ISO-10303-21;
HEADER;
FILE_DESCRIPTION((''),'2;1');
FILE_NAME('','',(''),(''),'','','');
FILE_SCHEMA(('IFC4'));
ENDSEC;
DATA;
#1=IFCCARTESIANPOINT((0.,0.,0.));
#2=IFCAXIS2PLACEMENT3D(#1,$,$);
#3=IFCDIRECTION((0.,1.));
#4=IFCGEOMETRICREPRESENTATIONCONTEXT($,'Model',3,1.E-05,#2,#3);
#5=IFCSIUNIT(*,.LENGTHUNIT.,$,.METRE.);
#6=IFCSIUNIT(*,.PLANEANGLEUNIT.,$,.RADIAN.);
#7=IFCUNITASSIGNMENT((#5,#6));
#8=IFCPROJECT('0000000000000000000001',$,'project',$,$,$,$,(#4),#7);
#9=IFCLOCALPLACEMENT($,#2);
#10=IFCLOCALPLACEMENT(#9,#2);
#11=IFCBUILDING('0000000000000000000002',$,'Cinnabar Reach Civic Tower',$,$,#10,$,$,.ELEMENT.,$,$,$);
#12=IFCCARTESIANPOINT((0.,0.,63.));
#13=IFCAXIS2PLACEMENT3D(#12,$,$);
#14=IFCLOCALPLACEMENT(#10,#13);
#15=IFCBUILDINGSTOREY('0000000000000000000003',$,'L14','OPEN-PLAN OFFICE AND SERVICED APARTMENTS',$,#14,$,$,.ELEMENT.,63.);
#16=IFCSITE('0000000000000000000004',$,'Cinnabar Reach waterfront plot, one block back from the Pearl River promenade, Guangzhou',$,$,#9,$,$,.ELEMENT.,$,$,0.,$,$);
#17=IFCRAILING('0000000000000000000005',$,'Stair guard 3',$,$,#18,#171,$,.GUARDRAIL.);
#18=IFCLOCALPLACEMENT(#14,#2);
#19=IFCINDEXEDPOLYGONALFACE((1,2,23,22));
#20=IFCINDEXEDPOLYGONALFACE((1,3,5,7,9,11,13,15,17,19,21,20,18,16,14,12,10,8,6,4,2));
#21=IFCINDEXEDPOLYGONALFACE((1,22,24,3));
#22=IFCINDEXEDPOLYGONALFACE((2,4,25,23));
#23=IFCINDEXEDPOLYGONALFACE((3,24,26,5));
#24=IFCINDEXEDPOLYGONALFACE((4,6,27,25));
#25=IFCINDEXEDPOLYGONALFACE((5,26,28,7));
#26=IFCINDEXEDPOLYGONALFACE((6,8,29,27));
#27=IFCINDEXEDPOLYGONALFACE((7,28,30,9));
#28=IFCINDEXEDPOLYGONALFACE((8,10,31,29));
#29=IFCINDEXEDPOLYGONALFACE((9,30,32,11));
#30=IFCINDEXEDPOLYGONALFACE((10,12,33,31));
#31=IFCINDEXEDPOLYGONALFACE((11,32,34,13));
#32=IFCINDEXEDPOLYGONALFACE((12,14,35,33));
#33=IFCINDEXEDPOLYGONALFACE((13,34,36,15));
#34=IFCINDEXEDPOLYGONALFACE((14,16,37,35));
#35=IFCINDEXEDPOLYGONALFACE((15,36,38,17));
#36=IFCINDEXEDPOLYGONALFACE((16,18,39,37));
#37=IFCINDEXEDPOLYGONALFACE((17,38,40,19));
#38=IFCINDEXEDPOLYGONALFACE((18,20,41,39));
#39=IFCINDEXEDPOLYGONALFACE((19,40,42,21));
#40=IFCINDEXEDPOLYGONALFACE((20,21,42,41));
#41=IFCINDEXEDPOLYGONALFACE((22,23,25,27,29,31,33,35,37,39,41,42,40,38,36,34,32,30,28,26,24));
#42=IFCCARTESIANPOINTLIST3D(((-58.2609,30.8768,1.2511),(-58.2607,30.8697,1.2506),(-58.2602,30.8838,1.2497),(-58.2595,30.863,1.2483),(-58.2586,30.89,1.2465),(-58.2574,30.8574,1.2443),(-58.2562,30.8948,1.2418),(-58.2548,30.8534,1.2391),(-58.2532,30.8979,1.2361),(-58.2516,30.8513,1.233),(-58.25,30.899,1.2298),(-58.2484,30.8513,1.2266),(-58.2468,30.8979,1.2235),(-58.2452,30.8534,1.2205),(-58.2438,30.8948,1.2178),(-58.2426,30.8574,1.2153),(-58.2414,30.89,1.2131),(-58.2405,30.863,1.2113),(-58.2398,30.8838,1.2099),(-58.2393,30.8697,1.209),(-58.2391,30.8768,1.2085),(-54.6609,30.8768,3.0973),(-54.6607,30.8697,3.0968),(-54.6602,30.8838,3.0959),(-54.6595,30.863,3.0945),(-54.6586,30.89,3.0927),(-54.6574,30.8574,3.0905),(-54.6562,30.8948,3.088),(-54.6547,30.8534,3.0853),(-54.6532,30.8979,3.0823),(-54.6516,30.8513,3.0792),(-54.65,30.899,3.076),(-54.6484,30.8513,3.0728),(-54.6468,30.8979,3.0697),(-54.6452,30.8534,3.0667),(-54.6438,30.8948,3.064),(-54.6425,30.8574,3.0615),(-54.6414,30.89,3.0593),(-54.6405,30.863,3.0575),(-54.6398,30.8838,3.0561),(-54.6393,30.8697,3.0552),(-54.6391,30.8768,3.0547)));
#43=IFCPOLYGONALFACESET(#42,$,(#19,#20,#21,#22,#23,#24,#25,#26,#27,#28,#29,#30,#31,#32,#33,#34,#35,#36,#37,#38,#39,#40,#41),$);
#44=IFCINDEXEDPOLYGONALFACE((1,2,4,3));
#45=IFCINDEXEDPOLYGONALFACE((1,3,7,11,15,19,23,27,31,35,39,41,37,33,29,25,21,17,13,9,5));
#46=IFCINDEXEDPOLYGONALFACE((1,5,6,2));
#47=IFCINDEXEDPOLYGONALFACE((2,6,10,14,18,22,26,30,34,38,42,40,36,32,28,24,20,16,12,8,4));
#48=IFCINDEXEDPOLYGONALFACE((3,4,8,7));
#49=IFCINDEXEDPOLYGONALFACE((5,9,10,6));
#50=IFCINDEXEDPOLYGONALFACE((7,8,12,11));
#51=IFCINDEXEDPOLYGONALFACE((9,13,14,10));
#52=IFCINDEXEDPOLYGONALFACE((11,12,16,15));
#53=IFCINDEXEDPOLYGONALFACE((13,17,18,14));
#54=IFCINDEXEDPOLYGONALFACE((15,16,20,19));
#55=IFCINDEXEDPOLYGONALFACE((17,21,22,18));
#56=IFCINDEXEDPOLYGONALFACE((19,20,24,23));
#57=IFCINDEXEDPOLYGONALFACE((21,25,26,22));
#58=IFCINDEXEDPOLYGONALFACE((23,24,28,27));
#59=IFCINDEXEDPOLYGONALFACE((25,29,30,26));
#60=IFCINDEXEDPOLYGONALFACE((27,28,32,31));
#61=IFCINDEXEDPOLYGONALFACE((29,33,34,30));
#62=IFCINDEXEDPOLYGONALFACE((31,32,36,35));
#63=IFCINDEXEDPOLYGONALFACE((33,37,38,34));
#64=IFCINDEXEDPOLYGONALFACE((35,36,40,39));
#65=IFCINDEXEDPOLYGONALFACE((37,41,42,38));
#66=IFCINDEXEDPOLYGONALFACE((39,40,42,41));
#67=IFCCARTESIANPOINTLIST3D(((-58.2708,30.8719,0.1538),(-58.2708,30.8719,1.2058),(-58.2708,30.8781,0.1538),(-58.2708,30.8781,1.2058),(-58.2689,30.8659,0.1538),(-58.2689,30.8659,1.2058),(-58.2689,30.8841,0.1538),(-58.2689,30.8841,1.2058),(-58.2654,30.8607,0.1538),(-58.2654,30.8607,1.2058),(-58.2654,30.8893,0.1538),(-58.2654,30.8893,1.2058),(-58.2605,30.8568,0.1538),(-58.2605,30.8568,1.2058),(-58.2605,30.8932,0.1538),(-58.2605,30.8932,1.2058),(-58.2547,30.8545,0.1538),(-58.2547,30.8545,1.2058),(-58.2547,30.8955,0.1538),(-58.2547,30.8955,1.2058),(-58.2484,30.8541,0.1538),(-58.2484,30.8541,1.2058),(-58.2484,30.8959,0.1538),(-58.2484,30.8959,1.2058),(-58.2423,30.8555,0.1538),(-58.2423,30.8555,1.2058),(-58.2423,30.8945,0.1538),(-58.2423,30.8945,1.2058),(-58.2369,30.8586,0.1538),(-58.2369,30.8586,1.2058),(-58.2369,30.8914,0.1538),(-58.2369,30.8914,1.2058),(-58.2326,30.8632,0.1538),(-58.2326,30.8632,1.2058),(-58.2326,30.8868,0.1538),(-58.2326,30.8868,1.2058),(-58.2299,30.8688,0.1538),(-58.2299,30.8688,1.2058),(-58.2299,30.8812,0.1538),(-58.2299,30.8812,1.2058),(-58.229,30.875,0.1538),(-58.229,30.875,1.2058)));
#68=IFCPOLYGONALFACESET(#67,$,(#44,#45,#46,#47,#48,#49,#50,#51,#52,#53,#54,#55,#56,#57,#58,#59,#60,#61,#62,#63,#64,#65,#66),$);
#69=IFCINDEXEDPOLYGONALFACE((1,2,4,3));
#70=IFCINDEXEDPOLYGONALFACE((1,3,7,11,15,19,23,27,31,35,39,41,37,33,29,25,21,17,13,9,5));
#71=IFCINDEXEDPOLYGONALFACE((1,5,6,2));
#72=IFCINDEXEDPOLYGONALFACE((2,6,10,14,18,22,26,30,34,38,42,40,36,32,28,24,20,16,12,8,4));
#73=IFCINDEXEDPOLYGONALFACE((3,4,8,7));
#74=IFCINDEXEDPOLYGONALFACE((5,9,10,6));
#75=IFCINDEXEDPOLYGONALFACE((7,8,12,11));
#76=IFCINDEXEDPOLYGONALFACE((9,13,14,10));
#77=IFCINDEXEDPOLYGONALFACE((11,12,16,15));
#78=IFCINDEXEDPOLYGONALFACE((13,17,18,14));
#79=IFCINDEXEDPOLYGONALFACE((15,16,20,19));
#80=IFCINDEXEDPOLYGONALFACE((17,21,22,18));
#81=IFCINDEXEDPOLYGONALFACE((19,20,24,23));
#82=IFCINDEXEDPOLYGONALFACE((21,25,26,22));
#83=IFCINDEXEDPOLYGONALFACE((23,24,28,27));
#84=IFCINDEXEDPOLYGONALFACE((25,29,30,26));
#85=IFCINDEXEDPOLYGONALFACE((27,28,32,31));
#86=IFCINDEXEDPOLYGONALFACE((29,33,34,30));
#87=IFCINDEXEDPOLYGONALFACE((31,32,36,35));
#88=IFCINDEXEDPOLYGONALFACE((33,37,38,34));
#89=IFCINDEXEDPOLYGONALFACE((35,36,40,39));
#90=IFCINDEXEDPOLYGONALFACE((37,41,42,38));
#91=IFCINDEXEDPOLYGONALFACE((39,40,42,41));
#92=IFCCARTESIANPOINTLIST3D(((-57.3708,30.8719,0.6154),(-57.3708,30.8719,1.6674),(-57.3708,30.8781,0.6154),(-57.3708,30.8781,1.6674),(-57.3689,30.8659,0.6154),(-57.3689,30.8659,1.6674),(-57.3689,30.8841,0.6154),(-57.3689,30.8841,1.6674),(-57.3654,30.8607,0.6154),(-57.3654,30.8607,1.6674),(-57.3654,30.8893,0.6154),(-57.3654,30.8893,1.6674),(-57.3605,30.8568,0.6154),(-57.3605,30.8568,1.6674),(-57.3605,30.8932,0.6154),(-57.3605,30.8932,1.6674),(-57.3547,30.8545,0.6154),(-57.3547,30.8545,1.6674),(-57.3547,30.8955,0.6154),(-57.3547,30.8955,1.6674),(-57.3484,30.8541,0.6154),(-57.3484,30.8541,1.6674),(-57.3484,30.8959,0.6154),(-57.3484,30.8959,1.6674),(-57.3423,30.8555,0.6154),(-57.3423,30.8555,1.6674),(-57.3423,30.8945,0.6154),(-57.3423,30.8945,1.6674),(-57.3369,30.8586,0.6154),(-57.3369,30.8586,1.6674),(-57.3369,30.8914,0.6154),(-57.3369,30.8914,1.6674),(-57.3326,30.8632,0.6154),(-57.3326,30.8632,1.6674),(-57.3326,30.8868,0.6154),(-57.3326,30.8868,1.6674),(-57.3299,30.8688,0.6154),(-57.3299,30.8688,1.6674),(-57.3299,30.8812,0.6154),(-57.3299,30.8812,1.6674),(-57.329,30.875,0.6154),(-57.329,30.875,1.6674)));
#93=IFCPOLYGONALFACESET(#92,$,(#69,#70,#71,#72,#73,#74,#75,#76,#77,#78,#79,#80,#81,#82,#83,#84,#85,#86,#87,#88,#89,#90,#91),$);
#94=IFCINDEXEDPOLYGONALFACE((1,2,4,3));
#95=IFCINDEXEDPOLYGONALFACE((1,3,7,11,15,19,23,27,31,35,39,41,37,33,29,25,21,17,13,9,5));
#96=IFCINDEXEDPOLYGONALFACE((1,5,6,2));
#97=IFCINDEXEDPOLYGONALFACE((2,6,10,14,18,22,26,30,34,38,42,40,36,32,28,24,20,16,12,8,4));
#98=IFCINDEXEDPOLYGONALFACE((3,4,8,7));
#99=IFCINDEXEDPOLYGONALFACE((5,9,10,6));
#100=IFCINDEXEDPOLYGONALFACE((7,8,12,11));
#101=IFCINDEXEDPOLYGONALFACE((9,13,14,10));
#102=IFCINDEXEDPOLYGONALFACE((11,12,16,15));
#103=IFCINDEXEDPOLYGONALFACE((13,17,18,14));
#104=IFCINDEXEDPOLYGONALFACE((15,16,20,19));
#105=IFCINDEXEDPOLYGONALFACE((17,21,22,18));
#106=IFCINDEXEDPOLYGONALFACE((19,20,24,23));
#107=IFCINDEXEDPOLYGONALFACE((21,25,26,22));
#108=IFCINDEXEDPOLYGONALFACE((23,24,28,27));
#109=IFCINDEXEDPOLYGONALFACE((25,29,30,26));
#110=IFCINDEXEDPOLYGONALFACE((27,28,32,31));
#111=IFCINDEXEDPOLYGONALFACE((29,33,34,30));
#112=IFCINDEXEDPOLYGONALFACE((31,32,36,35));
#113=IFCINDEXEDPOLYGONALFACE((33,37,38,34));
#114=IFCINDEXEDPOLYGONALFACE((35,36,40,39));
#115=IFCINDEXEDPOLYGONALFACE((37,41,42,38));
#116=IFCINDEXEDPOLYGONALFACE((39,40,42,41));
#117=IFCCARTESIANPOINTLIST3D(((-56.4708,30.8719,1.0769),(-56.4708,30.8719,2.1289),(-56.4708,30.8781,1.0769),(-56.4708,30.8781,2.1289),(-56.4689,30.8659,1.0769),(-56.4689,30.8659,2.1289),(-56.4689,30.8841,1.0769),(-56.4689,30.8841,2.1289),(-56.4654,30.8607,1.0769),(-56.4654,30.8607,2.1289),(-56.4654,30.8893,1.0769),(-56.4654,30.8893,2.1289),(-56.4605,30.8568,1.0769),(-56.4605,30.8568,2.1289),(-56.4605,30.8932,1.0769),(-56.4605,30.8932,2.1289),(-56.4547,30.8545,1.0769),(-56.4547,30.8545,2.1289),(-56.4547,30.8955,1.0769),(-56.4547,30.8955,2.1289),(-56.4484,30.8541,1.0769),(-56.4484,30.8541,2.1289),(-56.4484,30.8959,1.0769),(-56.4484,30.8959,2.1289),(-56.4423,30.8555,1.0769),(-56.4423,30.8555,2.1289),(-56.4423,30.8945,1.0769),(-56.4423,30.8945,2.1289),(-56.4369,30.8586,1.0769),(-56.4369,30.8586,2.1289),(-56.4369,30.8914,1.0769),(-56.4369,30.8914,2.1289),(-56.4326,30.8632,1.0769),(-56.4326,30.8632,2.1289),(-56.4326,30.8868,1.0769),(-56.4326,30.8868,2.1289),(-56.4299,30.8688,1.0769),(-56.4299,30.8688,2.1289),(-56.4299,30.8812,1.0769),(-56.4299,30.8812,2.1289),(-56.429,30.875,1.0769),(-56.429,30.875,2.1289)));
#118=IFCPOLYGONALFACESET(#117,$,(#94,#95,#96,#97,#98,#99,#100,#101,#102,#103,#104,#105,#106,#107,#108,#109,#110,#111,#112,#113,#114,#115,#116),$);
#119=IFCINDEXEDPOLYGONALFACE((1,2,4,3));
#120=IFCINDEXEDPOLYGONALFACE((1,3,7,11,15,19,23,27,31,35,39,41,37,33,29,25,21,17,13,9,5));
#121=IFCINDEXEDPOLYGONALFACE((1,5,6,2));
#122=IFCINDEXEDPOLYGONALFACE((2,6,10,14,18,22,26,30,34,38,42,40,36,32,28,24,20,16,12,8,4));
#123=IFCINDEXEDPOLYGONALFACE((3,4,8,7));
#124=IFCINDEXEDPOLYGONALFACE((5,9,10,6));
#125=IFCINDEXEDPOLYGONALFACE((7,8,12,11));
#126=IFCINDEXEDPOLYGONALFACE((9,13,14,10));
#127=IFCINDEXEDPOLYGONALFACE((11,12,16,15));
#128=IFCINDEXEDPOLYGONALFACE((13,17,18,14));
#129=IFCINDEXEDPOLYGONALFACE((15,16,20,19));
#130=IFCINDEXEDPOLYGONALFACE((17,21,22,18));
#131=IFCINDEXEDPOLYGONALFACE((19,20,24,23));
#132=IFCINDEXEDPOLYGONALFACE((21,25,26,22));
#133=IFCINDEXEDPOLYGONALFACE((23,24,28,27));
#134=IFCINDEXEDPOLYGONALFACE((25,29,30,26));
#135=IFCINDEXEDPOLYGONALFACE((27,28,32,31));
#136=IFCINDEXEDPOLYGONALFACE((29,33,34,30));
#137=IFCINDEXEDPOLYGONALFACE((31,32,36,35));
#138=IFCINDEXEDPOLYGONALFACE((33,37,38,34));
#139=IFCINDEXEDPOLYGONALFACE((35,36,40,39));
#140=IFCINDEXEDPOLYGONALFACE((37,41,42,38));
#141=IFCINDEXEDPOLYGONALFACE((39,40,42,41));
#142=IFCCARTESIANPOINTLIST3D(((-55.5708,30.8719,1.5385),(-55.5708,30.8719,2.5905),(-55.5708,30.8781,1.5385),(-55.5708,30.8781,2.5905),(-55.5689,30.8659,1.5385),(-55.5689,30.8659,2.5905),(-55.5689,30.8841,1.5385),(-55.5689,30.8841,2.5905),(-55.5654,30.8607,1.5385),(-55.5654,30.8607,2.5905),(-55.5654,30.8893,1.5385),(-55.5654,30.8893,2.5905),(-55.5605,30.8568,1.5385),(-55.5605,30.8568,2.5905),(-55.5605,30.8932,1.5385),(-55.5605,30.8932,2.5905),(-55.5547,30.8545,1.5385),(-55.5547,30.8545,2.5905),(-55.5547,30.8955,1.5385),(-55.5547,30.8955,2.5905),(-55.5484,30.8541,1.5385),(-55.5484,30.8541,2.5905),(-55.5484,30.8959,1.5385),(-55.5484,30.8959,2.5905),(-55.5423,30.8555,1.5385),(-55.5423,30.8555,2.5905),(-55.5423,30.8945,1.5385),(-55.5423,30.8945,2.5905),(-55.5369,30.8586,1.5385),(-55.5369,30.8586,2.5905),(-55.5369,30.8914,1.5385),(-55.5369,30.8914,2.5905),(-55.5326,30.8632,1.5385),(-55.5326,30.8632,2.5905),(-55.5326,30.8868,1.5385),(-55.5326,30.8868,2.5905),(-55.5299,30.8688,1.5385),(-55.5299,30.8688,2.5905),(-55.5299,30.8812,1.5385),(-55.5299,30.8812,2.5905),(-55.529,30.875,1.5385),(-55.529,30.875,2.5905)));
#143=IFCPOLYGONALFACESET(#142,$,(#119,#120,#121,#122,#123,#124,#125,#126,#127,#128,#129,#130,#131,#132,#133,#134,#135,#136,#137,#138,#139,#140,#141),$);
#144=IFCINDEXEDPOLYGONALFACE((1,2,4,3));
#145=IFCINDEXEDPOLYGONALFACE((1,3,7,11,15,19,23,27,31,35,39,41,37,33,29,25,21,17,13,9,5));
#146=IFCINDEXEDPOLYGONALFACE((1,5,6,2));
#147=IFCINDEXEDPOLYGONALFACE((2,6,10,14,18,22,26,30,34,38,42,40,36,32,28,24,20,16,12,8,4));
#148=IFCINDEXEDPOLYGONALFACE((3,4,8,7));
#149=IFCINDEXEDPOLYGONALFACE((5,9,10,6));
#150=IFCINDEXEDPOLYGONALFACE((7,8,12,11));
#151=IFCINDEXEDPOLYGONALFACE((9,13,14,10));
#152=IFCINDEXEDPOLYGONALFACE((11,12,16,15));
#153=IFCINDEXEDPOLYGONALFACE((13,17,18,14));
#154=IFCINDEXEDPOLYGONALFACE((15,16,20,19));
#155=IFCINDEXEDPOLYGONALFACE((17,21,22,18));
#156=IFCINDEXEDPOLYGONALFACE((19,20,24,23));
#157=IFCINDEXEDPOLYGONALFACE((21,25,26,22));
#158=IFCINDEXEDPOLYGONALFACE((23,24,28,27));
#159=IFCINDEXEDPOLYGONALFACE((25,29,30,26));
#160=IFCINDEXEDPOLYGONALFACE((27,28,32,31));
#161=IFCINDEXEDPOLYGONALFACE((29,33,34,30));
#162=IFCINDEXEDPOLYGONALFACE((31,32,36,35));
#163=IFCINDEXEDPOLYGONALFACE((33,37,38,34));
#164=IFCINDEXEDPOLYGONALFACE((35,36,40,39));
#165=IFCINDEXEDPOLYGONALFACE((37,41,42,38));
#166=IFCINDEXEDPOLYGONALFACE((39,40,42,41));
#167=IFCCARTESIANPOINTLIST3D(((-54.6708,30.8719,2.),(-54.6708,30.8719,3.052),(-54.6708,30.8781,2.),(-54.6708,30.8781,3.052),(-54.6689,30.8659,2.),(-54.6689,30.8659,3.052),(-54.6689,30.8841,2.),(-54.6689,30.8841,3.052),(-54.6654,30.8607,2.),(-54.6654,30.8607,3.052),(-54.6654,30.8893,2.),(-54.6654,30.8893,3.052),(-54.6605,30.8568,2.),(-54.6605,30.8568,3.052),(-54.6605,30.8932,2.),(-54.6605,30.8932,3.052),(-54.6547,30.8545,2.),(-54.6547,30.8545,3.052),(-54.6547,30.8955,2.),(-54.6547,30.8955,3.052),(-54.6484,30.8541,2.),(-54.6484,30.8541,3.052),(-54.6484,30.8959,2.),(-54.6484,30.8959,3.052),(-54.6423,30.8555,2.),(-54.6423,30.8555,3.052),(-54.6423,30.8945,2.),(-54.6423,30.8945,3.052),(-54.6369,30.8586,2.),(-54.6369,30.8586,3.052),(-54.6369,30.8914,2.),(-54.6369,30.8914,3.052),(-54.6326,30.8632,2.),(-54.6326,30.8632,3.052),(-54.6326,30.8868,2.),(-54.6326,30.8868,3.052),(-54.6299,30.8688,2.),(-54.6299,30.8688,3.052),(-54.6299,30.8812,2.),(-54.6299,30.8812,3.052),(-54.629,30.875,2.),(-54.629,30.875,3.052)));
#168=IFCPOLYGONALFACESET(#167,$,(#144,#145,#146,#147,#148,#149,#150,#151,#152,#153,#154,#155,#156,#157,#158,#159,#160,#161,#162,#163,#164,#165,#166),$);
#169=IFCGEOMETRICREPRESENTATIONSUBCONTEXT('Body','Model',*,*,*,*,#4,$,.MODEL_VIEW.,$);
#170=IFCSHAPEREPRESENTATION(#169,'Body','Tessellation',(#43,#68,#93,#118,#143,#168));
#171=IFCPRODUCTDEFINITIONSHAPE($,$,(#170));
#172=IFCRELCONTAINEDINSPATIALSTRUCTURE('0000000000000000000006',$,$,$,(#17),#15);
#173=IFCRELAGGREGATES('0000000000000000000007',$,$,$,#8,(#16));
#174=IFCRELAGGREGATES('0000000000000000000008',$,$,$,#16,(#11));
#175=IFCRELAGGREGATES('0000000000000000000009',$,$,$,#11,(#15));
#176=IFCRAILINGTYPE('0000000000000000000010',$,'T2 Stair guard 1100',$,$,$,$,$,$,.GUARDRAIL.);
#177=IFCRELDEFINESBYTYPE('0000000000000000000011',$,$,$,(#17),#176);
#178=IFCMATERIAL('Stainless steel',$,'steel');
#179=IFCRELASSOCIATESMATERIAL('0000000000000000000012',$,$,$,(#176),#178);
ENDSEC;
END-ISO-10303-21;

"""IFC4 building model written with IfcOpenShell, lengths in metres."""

from ifc_helpers import new_model, si_unit, direction, frame, origin, origin_2d, place, context, subcontext, project, spatial, circle, extrude, material, type_object, element, save


model = new_model("IFC4")

# Units and contexts
model_context = context("Model", 3, precision=1e-05, world=origin(), true_north=direction((0.0, 1.0)))
body_context = subcontext(model_context, "Body", "Model", "MODEL_VIEW")
ifc_project = project(units=[si_unit("LENGTHUNIT", "METRE"), si_unit("PLANEANGLEUNIT", "RADIAN")], contexts=[model_context])

# Site, building, storey
site_placement = place(None, origin())
site = spatial("IfcSite", under=ifc_project, at=site_placement, Name="Cinnabar Reach waterfront plot, one block back from the Pearl River promenade, Guangzhou", CompositionType="ELEMENT", RefElevation=0.0)
building_placement = place(site_placement, origin())
building = spatial("IfcBuilding", under=site, at=building_placement, Name="Cinnabar Reach Civic Tower", CompositionType="ELEMENT")
storey_placement = place(building_placement, frame((0.0, 0.0, 63.0)))
storey = spatial("IfcBuildingStorey", under=building, at=storey_placement, Name="L14", Description="OPEN-PLAN OFFICE AND SERVICED APARTMENTS", CompositionType="ELEMENT", Elevation=63.0)

# Railing
ifc_material_1 = material(Name="Stainless steel", Category="steel")
railing_type = type_object("IfcRailingType", Name="T2 Stair guard 1100", PredefinedType="GUARDRAIL", material=ifc_material_1)
railing_1_placement = place(storey_placement, frame((-58.25, 30.875, 0.1538)))
element("IfcRailing", 1, at=railing_1_placement, inside=storey, type_object=railing_type, Name="Stair guard 3", PredefinedType="GUARDRAIL", context=body_context, shape_type="SweptSolid", body=[
    extrude(circle(Radius=0.024, at=origin_2d()), frame((0.0, 0.0, 1.076), z_axis=(0.889813, 0.0, 0.456326), x_axis=(0.0, 1.0, 0.0)), (0.0, 0.0, 1.0), 4.0458),
    extrude(circle(Radius=0.021, at=origin_2d()), origin(), (0.0, 0.0, 1.0), 1.052),
    extrude(circle(Radius=0.021, at=origin_2d()), frame((0.9, 0.0, 0.4616)), (0.0, 0.0, 1.0), 1.052),
    extrude(circle(Radius=0.021, at=origin_2d()), frame((1.8, 0.0, 0.9231)), (0.0, 0.0, 1.0), 1.052),
    extrude(circle(Radius=0.021, at=origin_2d()), frame((2.7, 0.0, 1.3847)), (0.0, 0.0, 1.0), 1.052),
    extrude(circle(Radius=0.021, at=origin_2d()), frame((3.6, 0.0, 1.8462)), (0.0, 0.0, 1.0), 1.052),
])

save(model, "model.ifc")
